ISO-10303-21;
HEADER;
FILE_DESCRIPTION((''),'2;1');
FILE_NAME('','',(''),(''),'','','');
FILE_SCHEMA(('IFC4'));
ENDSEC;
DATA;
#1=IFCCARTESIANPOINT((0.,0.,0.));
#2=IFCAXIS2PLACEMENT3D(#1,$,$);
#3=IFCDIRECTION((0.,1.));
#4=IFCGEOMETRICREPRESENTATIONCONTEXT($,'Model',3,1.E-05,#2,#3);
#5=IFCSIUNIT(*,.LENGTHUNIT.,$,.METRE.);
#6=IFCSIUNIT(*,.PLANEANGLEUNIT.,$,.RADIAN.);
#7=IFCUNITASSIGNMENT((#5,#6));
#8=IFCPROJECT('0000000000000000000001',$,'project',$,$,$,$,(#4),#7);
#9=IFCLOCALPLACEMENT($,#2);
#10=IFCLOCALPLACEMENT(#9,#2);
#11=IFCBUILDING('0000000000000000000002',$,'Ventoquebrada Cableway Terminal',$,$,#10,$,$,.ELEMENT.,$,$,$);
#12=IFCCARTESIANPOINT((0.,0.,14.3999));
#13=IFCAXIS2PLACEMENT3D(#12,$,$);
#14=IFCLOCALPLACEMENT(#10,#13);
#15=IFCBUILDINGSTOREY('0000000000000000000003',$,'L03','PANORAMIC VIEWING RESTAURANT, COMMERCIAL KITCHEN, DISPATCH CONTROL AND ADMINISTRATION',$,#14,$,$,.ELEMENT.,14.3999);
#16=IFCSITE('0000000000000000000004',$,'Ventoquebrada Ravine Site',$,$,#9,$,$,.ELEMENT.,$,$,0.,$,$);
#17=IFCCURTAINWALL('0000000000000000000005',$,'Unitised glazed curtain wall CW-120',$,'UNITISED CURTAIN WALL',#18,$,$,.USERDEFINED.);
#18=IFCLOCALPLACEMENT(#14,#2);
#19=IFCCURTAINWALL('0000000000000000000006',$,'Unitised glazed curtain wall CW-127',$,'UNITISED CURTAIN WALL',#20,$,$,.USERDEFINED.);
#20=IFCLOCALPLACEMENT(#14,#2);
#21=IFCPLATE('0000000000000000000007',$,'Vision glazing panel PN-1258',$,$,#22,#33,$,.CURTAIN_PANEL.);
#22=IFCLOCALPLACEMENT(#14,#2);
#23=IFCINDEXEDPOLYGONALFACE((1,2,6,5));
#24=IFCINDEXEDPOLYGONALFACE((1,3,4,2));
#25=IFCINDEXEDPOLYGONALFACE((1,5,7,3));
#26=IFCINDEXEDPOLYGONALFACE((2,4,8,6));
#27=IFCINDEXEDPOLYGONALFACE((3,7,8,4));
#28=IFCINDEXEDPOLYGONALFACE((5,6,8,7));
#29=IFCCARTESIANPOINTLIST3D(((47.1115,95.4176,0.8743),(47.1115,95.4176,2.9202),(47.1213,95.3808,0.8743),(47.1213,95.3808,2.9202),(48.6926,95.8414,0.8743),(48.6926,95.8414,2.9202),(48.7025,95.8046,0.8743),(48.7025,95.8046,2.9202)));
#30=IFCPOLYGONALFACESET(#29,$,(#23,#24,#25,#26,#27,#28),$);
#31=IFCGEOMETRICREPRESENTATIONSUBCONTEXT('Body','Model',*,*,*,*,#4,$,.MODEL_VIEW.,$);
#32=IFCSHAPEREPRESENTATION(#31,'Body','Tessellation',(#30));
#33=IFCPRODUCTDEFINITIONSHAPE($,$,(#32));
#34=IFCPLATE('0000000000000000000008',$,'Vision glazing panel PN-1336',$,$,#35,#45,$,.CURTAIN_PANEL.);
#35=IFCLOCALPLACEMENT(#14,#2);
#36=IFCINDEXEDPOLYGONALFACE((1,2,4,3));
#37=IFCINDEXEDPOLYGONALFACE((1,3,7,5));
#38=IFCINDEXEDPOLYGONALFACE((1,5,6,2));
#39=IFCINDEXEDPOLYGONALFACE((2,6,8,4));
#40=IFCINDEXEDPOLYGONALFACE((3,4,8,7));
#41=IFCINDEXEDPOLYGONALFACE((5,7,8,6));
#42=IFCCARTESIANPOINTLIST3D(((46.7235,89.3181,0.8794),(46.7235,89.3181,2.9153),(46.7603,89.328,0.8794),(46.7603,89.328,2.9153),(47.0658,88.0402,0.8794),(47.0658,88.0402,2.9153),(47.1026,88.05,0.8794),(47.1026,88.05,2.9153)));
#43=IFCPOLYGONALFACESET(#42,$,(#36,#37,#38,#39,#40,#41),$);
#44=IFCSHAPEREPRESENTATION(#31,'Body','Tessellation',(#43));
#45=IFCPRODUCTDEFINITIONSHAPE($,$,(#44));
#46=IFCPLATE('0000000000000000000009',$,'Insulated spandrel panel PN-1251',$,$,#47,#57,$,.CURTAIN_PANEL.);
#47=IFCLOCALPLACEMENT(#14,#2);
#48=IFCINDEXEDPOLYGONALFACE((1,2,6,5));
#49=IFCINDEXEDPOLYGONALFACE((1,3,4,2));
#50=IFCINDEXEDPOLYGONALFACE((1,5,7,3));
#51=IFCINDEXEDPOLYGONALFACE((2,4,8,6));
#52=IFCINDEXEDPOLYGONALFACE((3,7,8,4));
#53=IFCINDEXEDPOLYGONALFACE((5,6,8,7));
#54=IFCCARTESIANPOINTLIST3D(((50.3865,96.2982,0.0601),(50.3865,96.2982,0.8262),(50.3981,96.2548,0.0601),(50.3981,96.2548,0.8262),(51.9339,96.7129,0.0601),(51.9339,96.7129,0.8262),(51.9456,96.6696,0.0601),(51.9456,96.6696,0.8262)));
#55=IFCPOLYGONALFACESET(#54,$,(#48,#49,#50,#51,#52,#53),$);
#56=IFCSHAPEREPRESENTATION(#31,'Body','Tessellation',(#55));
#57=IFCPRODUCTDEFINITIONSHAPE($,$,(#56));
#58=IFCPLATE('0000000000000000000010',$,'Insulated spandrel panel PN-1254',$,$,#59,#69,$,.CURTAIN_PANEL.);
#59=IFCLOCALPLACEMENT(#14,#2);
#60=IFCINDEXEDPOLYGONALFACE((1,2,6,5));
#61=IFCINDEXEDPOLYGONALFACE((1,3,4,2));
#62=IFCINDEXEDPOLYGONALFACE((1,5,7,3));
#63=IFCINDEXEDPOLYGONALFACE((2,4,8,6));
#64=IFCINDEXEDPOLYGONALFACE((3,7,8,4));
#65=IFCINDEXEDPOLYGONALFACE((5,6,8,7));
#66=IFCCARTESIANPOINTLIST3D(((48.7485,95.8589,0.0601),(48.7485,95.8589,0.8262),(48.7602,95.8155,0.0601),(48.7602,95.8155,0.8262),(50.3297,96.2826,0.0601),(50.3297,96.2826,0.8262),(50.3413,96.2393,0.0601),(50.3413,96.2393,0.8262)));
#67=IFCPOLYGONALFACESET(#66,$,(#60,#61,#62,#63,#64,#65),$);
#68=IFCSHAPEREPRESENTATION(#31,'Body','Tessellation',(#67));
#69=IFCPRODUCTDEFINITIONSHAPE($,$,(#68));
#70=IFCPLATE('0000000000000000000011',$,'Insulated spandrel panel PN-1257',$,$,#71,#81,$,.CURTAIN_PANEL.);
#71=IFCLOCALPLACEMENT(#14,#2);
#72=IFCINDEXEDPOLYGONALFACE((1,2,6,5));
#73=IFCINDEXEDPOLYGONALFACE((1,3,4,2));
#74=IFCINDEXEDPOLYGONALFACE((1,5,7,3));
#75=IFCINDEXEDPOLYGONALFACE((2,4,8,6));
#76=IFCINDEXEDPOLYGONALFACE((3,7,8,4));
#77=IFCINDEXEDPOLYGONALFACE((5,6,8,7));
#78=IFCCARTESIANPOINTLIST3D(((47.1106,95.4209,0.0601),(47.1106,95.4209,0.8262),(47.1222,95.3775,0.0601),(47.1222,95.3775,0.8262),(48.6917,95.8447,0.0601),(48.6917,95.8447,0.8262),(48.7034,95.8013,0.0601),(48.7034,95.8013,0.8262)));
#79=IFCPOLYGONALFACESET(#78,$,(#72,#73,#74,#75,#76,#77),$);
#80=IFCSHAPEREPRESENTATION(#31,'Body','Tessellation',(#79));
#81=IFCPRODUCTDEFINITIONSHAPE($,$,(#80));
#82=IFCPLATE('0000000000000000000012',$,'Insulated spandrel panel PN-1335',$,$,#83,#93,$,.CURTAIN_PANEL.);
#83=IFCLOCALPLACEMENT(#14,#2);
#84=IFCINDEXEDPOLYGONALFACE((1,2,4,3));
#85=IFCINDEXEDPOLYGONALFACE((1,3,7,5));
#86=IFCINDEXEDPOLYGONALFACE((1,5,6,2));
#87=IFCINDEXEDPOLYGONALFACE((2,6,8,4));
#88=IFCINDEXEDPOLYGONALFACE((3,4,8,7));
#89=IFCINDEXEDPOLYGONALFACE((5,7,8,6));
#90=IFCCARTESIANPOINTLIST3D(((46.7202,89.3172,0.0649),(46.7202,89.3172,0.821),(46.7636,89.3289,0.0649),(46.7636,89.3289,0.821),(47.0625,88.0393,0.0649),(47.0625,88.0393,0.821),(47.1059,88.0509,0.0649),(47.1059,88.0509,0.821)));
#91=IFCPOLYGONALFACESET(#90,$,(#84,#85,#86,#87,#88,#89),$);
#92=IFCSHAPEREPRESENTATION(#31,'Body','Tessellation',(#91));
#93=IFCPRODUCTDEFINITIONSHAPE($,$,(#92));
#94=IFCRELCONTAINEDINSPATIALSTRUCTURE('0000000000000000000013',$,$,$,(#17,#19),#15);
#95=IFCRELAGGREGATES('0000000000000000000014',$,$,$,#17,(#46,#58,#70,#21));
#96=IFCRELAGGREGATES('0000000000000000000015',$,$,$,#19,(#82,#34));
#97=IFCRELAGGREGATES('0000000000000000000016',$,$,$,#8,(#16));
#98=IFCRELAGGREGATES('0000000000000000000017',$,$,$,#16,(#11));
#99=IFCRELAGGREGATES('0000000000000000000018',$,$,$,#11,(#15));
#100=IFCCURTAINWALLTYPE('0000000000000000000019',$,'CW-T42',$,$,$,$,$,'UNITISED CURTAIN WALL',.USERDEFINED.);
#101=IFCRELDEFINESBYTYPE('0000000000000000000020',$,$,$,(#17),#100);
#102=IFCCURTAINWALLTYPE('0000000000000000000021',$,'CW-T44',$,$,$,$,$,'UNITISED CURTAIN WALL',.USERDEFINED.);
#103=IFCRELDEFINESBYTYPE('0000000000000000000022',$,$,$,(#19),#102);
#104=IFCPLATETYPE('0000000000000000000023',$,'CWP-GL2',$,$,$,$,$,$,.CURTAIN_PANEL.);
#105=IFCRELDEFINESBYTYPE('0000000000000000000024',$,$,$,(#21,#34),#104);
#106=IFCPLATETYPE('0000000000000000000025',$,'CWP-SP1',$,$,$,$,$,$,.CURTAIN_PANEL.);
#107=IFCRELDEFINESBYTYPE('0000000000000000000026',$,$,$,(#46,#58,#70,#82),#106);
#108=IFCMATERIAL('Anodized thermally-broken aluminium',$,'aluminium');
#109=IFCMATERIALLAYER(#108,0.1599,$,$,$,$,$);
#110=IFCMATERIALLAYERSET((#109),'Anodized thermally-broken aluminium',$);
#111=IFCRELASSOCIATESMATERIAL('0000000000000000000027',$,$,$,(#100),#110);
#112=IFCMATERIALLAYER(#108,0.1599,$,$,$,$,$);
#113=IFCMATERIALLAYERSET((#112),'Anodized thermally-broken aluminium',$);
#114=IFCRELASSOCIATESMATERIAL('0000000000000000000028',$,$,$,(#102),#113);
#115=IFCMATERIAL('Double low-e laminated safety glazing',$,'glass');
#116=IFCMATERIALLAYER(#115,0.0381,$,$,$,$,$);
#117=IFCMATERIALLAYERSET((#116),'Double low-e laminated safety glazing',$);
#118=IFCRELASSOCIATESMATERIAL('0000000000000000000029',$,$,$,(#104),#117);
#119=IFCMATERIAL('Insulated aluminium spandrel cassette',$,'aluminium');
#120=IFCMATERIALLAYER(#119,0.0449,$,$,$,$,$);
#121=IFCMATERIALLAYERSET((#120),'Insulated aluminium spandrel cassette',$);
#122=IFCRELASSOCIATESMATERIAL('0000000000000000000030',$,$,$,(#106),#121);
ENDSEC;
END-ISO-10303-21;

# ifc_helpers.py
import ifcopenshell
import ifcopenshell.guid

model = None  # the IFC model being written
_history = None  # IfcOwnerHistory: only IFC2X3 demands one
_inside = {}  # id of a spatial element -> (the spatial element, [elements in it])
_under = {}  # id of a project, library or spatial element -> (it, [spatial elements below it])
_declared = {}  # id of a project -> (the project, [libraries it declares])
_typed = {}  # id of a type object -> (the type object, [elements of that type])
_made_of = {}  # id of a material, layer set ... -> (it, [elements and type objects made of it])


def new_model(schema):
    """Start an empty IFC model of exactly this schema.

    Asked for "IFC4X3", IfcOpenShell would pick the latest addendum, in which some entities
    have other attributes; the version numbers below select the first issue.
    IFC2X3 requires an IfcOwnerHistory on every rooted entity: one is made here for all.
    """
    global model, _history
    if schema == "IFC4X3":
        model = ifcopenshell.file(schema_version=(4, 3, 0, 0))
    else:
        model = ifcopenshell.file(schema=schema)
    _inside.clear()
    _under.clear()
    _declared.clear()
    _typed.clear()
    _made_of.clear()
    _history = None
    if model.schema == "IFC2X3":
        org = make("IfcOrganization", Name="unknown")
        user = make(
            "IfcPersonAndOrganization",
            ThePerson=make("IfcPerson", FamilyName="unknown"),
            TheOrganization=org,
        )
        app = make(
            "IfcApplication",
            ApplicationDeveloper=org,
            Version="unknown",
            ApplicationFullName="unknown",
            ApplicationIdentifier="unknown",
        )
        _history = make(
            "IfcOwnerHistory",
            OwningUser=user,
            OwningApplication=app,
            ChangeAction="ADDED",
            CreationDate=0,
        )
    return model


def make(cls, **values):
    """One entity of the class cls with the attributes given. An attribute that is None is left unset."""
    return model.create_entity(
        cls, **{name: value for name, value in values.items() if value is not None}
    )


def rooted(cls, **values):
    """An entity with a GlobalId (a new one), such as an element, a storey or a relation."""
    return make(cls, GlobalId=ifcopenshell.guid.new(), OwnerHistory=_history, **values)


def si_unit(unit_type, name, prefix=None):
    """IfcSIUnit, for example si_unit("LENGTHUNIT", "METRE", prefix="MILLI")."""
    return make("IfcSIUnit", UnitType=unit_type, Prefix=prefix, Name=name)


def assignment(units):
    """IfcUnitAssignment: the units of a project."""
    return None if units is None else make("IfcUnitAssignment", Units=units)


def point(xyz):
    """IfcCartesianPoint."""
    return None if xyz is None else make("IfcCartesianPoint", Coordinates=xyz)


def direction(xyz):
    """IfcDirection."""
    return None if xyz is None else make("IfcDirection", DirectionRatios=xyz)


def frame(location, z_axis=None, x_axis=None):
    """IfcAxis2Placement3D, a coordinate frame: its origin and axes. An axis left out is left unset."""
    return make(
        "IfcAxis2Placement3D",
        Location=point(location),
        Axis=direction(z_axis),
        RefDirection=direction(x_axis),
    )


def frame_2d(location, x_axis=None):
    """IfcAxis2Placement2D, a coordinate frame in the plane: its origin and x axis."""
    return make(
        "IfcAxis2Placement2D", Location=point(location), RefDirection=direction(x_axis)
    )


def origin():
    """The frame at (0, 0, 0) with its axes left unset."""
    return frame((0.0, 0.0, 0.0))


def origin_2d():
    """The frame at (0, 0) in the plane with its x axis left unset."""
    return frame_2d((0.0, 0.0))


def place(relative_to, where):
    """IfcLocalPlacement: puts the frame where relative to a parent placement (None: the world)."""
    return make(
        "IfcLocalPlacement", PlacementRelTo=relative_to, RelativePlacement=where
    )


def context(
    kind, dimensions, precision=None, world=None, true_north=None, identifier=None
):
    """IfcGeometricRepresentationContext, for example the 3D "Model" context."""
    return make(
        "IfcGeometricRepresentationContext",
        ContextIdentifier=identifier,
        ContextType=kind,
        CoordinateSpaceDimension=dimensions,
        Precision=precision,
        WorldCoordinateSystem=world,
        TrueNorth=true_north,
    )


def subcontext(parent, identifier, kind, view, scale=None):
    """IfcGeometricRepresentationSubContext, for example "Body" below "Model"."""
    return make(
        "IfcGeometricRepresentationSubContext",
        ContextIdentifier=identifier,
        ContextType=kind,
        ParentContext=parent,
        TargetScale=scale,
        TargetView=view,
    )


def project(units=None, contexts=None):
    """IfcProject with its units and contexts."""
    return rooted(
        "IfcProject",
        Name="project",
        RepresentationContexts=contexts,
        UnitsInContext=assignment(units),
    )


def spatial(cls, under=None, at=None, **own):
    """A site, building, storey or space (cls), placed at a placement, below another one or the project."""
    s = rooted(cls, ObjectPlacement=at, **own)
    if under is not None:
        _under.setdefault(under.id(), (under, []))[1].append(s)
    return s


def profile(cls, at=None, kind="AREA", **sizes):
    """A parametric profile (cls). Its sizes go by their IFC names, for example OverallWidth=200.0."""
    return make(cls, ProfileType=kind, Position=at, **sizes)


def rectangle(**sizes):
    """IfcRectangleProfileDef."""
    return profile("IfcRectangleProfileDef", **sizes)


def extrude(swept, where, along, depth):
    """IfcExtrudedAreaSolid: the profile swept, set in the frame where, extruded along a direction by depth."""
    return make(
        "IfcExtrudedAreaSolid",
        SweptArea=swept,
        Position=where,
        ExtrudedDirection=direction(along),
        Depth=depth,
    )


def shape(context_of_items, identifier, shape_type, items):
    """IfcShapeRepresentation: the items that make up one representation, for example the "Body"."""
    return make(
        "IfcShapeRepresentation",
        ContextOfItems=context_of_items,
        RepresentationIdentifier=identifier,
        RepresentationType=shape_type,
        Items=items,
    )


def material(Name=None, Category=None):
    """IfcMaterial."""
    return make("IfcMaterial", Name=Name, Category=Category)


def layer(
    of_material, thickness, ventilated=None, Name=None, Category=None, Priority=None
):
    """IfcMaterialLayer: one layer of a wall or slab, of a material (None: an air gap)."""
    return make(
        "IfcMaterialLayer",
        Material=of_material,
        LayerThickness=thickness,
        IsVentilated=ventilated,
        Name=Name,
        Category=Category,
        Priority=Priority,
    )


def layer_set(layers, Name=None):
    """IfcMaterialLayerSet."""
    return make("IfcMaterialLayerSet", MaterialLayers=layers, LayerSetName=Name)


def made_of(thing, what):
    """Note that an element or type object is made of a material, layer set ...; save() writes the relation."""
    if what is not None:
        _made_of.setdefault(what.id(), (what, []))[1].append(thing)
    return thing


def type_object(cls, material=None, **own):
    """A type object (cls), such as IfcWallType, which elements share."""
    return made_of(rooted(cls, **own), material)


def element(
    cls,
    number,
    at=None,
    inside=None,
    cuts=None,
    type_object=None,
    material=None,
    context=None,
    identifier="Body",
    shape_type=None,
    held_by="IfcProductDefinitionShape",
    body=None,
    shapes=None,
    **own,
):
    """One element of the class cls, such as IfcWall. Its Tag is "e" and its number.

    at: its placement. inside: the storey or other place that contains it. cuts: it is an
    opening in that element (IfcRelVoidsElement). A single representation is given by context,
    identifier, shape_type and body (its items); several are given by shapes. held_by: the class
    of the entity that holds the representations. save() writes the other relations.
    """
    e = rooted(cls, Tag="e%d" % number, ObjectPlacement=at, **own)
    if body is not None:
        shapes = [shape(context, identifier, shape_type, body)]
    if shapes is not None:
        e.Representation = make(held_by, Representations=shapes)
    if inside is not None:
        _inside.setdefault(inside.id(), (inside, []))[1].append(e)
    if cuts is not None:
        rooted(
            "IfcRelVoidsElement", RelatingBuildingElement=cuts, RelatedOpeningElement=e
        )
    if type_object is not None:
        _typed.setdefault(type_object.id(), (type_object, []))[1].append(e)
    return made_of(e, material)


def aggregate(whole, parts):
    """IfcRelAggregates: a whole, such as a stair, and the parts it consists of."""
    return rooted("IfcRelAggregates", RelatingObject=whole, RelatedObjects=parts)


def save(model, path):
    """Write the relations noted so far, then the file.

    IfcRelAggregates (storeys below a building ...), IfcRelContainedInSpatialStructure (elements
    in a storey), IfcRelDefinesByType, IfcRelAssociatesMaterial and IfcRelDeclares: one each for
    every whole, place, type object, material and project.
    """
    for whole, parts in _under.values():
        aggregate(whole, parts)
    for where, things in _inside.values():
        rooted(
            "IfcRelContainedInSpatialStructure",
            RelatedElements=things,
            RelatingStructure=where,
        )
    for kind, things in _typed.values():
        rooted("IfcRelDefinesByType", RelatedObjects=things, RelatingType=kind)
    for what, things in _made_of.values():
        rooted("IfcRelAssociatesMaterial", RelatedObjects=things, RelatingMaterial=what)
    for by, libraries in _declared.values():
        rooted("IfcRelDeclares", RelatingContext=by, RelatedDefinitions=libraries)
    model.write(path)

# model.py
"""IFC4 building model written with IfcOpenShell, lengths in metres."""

from ifc_helpers import new_model, si_unit, direction, frame, origin, origin_2d, place, context, subcontext, project, spatial, rectangle, extrude, material, layer, layer_set, type_object, element, aggregate, save


model = new_model("IFC4")

# Units and contexts
model_context = context("Model", 3, precision=1e-05, world=origin(), true_north=direction((0.0, 1.0)))
body_context = subcontext(model_context, "Body", "Model", "MODEL_VIEW")
ifc_project = project(units=[si_unit("LENGTHUNIT", "METRE"), si_unit("PLANEANGLEUNIT", "RADIAN")], contexts=[model_context])

# Site, building, storey
site_placement = place(None, origin())
site = spatial("IfcSite", under=ifc_project, at=site_placement, Name="Ventoquebrada Ravine Site", CompositionType="ELEMENT", RefElevation=0.0)
building_placement = place(site_placement, origin())
building = spatial("IfcBuilding", under=site, at=building_placement, Name="Ventoquebrada Cableway Terminal", CompositionType="ELEMENT")
storey_placement = place(building_placement, frame((0.0, 0.0, 14.3999)))
storey = spatial("IfcBuildingStorey", under=building, at=storey_placement, Name="L03", Description="PANORAMIC VIEWING RESTAURANT, COMMERCIAL KITCHEN, DISPATCH CONTROL AND ADMINISTRATION", CompositionType="ELEMENT", Elevation=14.3999)

# Curtain wall
ifc_material_1 = material(Name="Anodized thermally-broken aluminium", Category="aluminium")
ifc_layer_1 = layer(ifc_material_1, 0.1599)
ifc_layer_set_1 = layer_set([ifc_layer_1], Name="Anodized thermally-broken aluminium")
curtain_wall_type_1 = type_object("IfcCurtainWallType", Name="CW-T42", ElementType="UNITISED CURTAIN WALL", PredefinedType="USERDEFINED", material=ifc_layer_set_1)
curtain_wall_1_placement = place(storey_placement, origin())
curtain_wall_1 = element("IfcCurtainWall", 1, at=curtain_wall_1_placement, inside=storey, type_object=curtain_wall_type_1, Name="Unitised glazed curtain wall CW-120", ObjectType="UNITISED CURTAIN WALL", PredefinedType="USERDEFINED")

# Curtain wall
ifc_layer_2 = layer(ifc_material_1, 0.1599)
ifc_layer_set_2 = layer_set([ifc_layer_2], Name="Anodized thermally-broken aluminium")
curtain_wall_type_2 = type_object("IfcCurtainWallType", Name="CW-T44", ElementType="UNITISED CURTAIN WALL", PredefinedType="USERDEFINED", material=ifc_layer_set_2)
curtain_wall_2_placement = place(storey_placement, origin())
curtain_wall_2 = element("IfcCurtainWall", 2, at=curtain_wall_2_placement, inside=storey, type_object=curtain_wall_type_2, Name="Unitised glazed curtain wall CW-127", ObjectType="UNITISED CURTAIN WALL", PredefinedType="USERDEFINED")

# Plates
ifc_material_2 = material(Name="Double low-e laminated safety glazing", Category="glass")
ifc_layer_3 = layer(ifc_material_2, 0.0381)
ifc_layer_set_3 = layer_set([ifc_layer_3], Name="Double low-e laminated safety glazing")
plate_type_1 = type_object("IfcPlateType", Name="CWP-GL2", PredefinedType="CURTAIN_PANEL", material=ifc_layer_set_3)
plate_1_placement = place(storey_placement, frame((47.907, 95.6111, 0.8743), z_axis=(0.0, 0.0, 1.0), x_axis=(-0.965912, -0.25887, 0.0)))
plate_1 = element("IfcPlate", 3, at=plate_1_placement, type_object=plate_type_1, Name="Vision glazing panel PN-1258", PredefinedType="CURTAIN_PANEL", context=body_context, shape_type="SweptSolid", body=[
    extrude(rectangle(XDim=1.637, YDim=0.0381, at=origin_2d()), origin(), (0.0, 0.0, 1.0), 2.0459),
])
plate_2_placement = place(storey_placement, frame((46.9131, 88.6841, 0.8794), z_axis=(0.0, 0.0, 1.0), x_axis=(0.258735, -0.965948, 0.0)))
plate_2 = element("IfcPlate", 4, at=plate_2_placement, type_object=plate_type_1, Name="Vision glazing panel PN-1336", PredefinedType="CURTAIN_PANEL", context=body_context, shape_type="SweptSolid", body=[
    extrude(rectangle(XDim=1.323, YDim=0.0381, at=origin_2d()), origin(), (0.0, 0.0, 1.0), 2.0359),
])
ifc_material_3 = material(Name="Insulated aluminium spandrel cassette", Category="aluminium")
ifc_layer_4 = layer(ifc_material_3, 0.0449)
ifc_layer_set_4 = layer_set([ifc_layer_4], Name="Insulated aluminium spandrel cassette")
plate_type_2 = type_object("IfcPlateType", Name="CWP-SP1", PredefinedType="CURTAIN_PANEL", material=ifc_layer_set_4)
plate_3_placement = place(storey_placement, frame((51.166, 96.4839, 0.0601), z_axis=(0.0, 0.0, 1.0), x_axis=(-0.965912, -0.25887, 0.0)))
plate_3 = element("IfcPlate", 5, at=plate_3_placement, type_object=plate_type_2, Name="Insulated spandrel panel PN-1251", PredefinedType="CURTAIN_PANEL", context=body_context, shape_type="SweptSolid", body=[
    extrude(rectangle(XDim=1.6021, YDim=0.0449, at=origin_2d()), origin(), (0.0, 0.0, 1.0), 0.7661),
])
plate_4_placement = place(storey_placement, frame((49.5449, 96.0491, 0.0601), z_axis=(0.0, 0.0, 1.0), x_axis=(-0.965912, -0.25887, 0.0)))
plate_4 = element("IfcPlate", 6, at=plate_4_placement, type_object=plate_type_2, Name="Insulated spandrel panel PN-1254", PredefinedType="CURTAIN_PANEL", context=body_context, shape_type="SweptSolid", body=[
    extrude(rectangle(XDim=1.637, YDim=0.0449, at=origin_2d()), origin(), (0.0, 0.0, 1.0), 0.7661),
])
plate_5_placement = place(storey_placement, frame((47.907, 95.6111, 0.0601), z_axis=(0.0, 0.0, 1.0), x_axis=(-0.965912, -0.25887, 0.0)))
plate_5 = element("IfcPlate", 7, at=plate_5_placement, type_object=plate_type_2, Name="Insulated spandrel panel PN-1257", PredefinedType="CURTAIN_PANEL", context=body_context, shape_type="SweptSolid", body=[
    extrude(rectangle(XDim=1.637, YDim=0.0449, at=origin_2d()), origin(), (0.0, 0.0, 1.0), 0.7661),
])
aggregate(curtain_wall_1, [plate_3, plate_4, plate_5, plate_1])
plate_6_placement = place(storey_placement, frame((46.9131, 88.6841, 0.0649), z_axis=(0.0, 0.0, 1.0), x_axis=(0.258735, -0.965948, 0.0)))
plate_6 = element("IfcPlate", 8, at=plate_6_placement, type_object=plate_type_2, Name="Insulated spandrel panel PN-1335", PredefinedType="CURTAIN_PANEL", context=body_context, shape_type="SweptSolid", body=[
    extrude(rectangle(XDim=1.323, YDim=0.0449, at=origin_2d()), origin(), (0.0, 0.0, 1.0), 0.7561),
])
aggregate(curtain_wall_2, [plate_6, plate_2])

save(model, "model.ifc")
